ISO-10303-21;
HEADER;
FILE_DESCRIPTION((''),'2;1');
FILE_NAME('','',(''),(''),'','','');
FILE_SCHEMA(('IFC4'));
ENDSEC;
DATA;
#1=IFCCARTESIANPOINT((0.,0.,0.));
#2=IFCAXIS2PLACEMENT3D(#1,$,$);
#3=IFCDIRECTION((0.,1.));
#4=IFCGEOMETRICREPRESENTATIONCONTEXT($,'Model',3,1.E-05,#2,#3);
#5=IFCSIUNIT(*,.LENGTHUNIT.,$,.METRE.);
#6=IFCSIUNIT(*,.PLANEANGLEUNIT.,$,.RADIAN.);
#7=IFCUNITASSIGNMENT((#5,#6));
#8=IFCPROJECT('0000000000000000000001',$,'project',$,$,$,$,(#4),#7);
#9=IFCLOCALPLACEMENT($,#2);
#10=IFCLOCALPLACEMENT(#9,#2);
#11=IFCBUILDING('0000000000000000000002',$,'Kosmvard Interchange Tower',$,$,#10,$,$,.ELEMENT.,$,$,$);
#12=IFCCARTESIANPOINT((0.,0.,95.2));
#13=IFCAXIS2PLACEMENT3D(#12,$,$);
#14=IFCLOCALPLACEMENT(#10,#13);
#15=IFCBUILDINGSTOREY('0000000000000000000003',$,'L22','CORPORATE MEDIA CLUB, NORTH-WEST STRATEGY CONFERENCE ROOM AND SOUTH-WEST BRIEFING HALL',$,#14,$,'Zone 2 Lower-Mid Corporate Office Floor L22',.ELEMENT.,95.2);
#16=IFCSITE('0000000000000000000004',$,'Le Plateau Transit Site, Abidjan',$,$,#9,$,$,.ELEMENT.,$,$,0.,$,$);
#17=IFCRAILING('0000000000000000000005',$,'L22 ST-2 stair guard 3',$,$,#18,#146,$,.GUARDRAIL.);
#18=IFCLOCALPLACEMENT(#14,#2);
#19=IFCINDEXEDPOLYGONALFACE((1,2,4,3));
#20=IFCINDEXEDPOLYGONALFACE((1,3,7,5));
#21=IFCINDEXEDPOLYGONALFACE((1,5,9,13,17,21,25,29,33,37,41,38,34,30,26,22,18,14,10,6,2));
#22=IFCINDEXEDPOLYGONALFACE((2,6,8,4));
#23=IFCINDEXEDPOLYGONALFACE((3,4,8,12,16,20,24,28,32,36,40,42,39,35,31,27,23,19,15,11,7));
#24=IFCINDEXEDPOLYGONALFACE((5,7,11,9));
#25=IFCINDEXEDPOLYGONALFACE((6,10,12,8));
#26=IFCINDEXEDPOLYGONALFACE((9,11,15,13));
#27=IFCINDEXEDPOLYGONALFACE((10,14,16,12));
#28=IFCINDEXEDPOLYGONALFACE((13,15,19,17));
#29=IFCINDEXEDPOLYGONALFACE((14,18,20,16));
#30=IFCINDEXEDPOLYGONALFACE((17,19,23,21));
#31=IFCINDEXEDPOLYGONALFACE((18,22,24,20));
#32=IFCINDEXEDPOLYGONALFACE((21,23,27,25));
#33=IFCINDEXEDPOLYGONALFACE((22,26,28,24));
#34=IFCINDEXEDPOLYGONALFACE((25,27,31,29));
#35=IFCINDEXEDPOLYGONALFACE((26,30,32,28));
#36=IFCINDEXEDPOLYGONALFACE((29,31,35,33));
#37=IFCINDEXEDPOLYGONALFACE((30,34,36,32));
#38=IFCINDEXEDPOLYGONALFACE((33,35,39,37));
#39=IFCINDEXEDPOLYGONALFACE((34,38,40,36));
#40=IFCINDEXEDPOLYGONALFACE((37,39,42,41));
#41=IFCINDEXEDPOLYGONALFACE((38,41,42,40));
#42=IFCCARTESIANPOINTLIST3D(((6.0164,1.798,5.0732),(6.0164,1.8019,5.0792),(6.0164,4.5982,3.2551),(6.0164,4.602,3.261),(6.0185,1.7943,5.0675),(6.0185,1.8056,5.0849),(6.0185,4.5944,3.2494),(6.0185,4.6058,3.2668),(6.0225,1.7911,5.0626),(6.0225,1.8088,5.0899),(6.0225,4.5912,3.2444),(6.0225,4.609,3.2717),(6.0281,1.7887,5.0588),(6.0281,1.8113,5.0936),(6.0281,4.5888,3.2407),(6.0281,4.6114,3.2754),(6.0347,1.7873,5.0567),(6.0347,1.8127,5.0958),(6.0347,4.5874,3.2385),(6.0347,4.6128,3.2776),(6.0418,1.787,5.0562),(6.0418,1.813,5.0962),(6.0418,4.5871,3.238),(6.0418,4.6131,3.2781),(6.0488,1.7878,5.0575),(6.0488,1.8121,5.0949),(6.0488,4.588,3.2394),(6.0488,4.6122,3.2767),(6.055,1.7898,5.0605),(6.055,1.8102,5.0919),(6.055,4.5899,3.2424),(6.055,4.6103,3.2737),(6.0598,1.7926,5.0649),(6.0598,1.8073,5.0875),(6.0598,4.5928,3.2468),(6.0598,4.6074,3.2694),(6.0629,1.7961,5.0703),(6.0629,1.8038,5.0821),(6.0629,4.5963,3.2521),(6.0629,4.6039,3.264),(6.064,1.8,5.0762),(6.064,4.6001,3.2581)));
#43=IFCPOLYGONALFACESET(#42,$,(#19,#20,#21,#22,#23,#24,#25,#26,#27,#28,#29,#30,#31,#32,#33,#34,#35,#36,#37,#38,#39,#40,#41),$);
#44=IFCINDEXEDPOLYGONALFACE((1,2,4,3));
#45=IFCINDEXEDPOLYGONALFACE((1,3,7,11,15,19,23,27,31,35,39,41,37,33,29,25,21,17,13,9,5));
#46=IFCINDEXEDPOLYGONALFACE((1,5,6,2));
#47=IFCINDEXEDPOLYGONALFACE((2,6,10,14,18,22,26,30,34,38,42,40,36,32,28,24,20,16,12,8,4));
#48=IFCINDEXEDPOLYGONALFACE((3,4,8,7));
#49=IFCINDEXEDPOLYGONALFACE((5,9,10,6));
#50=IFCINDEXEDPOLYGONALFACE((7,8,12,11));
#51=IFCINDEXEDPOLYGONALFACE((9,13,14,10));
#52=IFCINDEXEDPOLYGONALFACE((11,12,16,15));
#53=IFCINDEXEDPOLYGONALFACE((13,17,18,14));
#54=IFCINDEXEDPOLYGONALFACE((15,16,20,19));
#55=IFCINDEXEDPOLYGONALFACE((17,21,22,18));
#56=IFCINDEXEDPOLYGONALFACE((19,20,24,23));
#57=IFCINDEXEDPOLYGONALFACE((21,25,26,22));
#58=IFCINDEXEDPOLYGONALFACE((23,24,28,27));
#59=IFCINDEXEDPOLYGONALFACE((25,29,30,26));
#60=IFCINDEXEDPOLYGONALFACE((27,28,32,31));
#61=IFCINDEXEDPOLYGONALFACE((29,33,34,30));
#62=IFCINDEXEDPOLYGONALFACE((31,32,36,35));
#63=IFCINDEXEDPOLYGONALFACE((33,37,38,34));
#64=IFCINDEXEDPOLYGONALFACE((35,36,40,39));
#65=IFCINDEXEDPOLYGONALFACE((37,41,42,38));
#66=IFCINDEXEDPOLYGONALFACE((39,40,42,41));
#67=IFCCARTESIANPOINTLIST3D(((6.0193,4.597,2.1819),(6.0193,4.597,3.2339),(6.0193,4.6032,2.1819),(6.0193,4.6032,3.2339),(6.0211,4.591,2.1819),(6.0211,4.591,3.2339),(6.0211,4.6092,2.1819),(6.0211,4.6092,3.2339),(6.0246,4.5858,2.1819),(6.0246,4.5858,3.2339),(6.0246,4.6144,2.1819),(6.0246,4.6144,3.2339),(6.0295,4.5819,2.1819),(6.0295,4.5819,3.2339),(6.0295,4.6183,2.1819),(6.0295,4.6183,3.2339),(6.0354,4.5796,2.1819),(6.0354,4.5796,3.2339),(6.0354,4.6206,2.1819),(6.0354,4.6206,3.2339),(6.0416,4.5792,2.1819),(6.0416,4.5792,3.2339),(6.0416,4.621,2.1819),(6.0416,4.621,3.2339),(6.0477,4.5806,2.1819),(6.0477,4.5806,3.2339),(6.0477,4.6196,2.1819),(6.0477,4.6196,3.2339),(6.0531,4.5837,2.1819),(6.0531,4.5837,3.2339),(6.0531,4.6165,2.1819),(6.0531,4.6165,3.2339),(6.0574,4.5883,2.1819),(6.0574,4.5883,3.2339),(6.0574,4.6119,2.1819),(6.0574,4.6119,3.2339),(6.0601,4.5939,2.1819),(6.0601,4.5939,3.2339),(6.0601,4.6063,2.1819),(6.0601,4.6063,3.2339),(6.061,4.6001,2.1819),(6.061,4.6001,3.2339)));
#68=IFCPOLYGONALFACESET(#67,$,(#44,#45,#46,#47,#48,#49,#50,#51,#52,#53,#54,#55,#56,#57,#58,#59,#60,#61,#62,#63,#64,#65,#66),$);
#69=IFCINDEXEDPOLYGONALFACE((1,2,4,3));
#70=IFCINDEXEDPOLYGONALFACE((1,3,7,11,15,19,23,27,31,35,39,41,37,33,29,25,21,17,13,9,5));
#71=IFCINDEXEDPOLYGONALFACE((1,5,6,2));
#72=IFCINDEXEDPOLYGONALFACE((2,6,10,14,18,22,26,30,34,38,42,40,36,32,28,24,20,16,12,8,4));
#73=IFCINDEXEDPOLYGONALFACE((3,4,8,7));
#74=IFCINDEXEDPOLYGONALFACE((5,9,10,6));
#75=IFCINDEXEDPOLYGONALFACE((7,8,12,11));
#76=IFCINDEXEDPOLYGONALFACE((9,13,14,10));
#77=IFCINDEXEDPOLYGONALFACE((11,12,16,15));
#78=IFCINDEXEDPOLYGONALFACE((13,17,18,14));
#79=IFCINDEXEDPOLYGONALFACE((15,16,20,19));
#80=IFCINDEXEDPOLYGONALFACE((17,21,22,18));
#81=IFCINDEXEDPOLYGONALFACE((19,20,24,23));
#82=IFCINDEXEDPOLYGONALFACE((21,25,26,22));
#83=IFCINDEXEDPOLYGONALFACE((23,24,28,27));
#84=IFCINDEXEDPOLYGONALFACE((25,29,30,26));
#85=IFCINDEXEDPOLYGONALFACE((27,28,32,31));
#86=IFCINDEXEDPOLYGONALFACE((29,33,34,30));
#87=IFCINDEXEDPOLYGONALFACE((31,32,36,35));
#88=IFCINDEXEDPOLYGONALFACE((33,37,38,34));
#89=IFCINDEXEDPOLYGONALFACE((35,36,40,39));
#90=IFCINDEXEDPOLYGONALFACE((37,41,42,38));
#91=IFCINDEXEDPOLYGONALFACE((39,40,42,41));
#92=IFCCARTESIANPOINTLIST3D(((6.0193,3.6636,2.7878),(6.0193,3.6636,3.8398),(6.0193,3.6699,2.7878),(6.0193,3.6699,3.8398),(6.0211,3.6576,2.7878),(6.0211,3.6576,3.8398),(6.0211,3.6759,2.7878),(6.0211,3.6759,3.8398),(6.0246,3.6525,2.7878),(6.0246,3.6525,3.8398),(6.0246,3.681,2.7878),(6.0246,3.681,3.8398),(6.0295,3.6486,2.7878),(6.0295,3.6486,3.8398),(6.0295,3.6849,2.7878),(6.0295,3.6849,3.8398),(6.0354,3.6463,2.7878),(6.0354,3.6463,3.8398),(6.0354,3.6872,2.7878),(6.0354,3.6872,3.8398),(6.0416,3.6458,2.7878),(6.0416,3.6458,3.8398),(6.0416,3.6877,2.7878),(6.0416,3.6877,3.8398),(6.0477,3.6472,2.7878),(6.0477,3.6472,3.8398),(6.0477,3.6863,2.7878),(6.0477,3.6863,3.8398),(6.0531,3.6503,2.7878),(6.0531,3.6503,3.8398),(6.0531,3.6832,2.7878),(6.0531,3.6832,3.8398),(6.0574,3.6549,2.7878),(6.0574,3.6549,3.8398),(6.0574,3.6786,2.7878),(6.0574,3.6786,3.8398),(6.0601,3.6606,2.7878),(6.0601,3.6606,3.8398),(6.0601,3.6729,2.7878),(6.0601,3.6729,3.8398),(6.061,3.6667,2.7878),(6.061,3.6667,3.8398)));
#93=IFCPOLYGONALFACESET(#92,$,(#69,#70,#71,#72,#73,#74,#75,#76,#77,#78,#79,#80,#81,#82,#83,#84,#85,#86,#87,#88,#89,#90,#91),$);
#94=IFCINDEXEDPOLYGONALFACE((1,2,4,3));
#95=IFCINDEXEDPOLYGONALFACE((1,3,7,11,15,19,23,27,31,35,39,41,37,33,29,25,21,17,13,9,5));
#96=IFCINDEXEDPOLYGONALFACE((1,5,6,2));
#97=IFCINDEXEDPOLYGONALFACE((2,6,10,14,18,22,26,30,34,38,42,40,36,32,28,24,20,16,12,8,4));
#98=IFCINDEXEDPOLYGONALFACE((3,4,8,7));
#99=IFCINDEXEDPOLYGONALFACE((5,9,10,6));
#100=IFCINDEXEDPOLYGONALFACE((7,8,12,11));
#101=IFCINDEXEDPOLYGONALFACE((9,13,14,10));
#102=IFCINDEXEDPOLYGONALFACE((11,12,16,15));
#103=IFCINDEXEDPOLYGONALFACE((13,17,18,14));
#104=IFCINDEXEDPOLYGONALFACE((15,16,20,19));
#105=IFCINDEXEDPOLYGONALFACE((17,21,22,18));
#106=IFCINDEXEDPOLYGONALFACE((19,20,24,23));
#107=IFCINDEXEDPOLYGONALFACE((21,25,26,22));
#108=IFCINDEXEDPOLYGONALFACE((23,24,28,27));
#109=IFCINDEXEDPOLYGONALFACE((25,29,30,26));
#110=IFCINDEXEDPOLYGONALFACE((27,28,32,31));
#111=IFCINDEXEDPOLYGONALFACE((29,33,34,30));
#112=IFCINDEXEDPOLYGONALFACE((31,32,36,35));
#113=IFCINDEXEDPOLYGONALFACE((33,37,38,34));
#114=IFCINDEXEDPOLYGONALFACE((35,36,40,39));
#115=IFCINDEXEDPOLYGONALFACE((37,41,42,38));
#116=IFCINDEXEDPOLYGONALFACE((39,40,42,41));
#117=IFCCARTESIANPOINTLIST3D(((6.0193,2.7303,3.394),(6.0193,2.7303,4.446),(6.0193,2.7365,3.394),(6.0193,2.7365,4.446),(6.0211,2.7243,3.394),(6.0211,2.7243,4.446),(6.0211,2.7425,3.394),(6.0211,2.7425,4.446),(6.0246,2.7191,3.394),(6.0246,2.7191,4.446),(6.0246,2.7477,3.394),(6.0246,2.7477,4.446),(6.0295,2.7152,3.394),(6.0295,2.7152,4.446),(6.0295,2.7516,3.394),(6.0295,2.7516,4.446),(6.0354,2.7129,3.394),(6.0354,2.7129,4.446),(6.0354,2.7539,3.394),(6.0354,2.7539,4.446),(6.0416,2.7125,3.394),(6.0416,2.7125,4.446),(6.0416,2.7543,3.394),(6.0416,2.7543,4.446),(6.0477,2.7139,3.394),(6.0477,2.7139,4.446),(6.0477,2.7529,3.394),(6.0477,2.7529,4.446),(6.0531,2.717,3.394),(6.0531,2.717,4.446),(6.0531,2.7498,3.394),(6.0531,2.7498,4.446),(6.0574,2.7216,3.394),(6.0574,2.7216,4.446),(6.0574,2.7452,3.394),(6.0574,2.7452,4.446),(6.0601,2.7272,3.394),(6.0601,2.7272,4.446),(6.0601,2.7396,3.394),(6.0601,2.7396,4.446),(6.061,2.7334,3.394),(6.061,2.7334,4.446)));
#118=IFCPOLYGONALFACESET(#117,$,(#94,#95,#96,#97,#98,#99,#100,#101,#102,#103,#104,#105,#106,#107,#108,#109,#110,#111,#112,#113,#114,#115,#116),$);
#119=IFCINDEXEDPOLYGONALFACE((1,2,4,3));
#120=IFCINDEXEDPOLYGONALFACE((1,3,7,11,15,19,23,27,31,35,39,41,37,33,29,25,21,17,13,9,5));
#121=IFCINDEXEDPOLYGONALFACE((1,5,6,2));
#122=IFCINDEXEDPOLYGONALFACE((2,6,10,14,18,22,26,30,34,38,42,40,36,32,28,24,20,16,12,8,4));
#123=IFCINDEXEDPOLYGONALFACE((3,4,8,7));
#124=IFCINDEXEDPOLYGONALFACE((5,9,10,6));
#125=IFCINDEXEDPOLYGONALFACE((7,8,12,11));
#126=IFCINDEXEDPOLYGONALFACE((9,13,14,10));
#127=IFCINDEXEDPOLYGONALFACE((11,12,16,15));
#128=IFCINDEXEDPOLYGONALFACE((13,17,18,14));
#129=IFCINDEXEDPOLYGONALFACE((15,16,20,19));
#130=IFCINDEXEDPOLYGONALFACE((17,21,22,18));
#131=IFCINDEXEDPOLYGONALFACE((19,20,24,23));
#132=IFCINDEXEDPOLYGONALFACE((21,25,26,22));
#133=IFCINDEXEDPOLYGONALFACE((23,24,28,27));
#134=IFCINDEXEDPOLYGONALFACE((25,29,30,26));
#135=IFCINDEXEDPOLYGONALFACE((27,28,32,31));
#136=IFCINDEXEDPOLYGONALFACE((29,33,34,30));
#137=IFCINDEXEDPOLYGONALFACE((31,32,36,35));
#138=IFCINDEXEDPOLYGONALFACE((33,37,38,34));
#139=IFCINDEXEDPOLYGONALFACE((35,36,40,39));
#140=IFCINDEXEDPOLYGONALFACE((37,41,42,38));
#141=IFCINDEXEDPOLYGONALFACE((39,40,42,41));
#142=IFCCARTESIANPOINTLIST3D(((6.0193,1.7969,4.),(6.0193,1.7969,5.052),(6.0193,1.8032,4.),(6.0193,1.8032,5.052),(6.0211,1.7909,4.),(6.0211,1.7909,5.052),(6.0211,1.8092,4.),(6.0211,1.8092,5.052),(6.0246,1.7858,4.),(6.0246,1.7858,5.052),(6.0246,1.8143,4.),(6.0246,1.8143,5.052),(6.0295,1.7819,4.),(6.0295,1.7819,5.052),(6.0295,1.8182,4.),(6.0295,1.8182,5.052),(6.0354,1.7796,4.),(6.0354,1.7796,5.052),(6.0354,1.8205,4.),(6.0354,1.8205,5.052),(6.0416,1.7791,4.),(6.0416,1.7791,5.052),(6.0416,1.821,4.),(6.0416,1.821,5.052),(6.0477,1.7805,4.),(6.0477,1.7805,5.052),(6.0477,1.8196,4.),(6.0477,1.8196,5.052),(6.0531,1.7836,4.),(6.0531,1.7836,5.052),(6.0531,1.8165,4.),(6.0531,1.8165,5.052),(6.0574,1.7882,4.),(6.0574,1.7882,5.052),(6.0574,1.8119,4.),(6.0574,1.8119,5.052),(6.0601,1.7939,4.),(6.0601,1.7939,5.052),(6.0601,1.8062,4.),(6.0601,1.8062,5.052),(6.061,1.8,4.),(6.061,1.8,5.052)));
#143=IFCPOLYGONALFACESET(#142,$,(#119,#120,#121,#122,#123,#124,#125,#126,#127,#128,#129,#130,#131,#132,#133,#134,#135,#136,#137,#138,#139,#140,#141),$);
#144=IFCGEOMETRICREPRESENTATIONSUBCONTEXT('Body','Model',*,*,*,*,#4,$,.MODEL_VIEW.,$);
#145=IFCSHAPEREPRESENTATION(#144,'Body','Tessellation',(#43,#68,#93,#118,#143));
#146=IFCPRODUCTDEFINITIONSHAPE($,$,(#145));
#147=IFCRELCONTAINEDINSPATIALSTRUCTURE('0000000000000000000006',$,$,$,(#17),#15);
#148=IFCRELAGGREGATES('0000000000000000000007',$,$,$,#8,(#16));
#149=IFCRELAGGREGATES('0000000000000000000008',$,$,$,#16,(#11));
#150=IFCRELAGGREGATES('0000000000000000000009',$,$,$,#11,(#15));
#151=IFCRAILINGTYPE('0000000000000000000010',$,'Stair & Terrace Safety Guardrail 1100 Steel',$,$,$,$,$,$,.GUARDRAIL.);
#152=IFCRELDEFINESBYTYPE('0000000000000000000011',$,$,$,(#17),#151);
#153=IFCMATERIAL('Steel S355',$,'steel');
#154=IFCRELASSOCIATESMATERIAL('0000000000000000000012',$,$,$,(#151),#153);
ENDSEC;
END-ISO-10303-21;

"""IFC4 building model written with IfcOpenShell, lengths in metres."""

from ifc_helpers import new_model, si_unit, direction, frame, origin, origin_2d, place, context, subcontext, project, spatial, circle, extrude, source, transform, mapped, material, type_object, element, save


model = new_model("IFC4")

# Units and contexts
model_context = context("Model", 3, precision=1e-05, world=origin(), true_north=direction((0.0, 1.0)))
body_context = subcontext(model_context, "Body", "Model", "MODEL_VIEW")
ifc_project = project(units=[si_unit("LENGTHUNIT", "METRE"), si_unit("PLANEANGLEUNIT", "RADIAN")], contexts=[model_context])

# Site, building, storey
site_placement = place(None, origin())
site = spatial("IfcSite", under=ifc_project, at=site_placement, Name="Le Plateau Transit Site, Abidjan", CompositionType="ELEMENT", RefElevation=0.0)
building_placement = place(site_placement, origin())
building = spatial("IfcBuilding", under=site, at=building_placement, Name="Kosmvard Interchange Tower", CompositionType="ELEMENT")
storey_placement = place(building_placement, frame((0.0, 0.0, 95.2)))
storey = spatial("IfcBuildingStorey", under=building, at=storey_placement, Name="L22", Description="CORPORATE MEDIA CLUB, NORTH-WEST STRATEGY CONFERENCE ROOM AND SOUTH-WEST BRIEFING HALL", LongName="Zone 2 Lower-Mid Corporate Office Floor L22", CompositionType="ELEMENT", Elevation=95.2)

# Shared definitions
ifc_material_1 = material(Name="Steel S355", Category="steel")

# Railing
railing_type_1 = type_object("IfcRailingType", Name="Stair & Terrace Safety Guardrail 1100 Steel", PredefinedType="GUARDRAIL", material=ifc_material_1)
shared_shape_1 = source(origin(), body_context, "Body", "SweptSolid", [
    extrude(circle(Radius=0.0239, at=origin_2d()), frame((0.0, 0.0, 1.0762), z_axis=(0.0, -0.838706, 0.544585), x_axis=(1.0, 0.0, 0.0)), (0.0, 0.0, 1.0), 3.3386),
    extrude(circle(Radius=0.021, at=origin_2d()), origin(), (0.0, 0.0, 1.0), 1.052),
    extrude(circle(Radius=0.021, at=origin_2d()), frame((0.0, -0.9333, 0.606)), (0.0, 0.0, 1.0), 1.052),
    extrude(circle(Radius=0.021, at=origin_2d()), frame((0.0, -1.8667, 1.2122)), (0.0, 0.0, 1.0), 1.052),
    extrude(circle(Radius=0.021, at=origin_2d()), frame((0.0, -2.8, 1.8181)), (0.0, 0.0, 1.0), 1.052),
])
railing_1_placement = place(storey_placement, frame((6.04, 4.6001, 2.1819)))
element("IfcRailing", 1, at=railing_1_placement, inside=storey, type_object=railing_type_1, Name="L22 ST-2 stair guard 3", PredefinedType="GUARDRAIL", context=body_context, shape_type="MappedRepresentation", body=[
    mapped(shared_shape_1, transform((0.0, 0.0, 0.0), scale=1.0)),
])

save(model, "model.ifc")
